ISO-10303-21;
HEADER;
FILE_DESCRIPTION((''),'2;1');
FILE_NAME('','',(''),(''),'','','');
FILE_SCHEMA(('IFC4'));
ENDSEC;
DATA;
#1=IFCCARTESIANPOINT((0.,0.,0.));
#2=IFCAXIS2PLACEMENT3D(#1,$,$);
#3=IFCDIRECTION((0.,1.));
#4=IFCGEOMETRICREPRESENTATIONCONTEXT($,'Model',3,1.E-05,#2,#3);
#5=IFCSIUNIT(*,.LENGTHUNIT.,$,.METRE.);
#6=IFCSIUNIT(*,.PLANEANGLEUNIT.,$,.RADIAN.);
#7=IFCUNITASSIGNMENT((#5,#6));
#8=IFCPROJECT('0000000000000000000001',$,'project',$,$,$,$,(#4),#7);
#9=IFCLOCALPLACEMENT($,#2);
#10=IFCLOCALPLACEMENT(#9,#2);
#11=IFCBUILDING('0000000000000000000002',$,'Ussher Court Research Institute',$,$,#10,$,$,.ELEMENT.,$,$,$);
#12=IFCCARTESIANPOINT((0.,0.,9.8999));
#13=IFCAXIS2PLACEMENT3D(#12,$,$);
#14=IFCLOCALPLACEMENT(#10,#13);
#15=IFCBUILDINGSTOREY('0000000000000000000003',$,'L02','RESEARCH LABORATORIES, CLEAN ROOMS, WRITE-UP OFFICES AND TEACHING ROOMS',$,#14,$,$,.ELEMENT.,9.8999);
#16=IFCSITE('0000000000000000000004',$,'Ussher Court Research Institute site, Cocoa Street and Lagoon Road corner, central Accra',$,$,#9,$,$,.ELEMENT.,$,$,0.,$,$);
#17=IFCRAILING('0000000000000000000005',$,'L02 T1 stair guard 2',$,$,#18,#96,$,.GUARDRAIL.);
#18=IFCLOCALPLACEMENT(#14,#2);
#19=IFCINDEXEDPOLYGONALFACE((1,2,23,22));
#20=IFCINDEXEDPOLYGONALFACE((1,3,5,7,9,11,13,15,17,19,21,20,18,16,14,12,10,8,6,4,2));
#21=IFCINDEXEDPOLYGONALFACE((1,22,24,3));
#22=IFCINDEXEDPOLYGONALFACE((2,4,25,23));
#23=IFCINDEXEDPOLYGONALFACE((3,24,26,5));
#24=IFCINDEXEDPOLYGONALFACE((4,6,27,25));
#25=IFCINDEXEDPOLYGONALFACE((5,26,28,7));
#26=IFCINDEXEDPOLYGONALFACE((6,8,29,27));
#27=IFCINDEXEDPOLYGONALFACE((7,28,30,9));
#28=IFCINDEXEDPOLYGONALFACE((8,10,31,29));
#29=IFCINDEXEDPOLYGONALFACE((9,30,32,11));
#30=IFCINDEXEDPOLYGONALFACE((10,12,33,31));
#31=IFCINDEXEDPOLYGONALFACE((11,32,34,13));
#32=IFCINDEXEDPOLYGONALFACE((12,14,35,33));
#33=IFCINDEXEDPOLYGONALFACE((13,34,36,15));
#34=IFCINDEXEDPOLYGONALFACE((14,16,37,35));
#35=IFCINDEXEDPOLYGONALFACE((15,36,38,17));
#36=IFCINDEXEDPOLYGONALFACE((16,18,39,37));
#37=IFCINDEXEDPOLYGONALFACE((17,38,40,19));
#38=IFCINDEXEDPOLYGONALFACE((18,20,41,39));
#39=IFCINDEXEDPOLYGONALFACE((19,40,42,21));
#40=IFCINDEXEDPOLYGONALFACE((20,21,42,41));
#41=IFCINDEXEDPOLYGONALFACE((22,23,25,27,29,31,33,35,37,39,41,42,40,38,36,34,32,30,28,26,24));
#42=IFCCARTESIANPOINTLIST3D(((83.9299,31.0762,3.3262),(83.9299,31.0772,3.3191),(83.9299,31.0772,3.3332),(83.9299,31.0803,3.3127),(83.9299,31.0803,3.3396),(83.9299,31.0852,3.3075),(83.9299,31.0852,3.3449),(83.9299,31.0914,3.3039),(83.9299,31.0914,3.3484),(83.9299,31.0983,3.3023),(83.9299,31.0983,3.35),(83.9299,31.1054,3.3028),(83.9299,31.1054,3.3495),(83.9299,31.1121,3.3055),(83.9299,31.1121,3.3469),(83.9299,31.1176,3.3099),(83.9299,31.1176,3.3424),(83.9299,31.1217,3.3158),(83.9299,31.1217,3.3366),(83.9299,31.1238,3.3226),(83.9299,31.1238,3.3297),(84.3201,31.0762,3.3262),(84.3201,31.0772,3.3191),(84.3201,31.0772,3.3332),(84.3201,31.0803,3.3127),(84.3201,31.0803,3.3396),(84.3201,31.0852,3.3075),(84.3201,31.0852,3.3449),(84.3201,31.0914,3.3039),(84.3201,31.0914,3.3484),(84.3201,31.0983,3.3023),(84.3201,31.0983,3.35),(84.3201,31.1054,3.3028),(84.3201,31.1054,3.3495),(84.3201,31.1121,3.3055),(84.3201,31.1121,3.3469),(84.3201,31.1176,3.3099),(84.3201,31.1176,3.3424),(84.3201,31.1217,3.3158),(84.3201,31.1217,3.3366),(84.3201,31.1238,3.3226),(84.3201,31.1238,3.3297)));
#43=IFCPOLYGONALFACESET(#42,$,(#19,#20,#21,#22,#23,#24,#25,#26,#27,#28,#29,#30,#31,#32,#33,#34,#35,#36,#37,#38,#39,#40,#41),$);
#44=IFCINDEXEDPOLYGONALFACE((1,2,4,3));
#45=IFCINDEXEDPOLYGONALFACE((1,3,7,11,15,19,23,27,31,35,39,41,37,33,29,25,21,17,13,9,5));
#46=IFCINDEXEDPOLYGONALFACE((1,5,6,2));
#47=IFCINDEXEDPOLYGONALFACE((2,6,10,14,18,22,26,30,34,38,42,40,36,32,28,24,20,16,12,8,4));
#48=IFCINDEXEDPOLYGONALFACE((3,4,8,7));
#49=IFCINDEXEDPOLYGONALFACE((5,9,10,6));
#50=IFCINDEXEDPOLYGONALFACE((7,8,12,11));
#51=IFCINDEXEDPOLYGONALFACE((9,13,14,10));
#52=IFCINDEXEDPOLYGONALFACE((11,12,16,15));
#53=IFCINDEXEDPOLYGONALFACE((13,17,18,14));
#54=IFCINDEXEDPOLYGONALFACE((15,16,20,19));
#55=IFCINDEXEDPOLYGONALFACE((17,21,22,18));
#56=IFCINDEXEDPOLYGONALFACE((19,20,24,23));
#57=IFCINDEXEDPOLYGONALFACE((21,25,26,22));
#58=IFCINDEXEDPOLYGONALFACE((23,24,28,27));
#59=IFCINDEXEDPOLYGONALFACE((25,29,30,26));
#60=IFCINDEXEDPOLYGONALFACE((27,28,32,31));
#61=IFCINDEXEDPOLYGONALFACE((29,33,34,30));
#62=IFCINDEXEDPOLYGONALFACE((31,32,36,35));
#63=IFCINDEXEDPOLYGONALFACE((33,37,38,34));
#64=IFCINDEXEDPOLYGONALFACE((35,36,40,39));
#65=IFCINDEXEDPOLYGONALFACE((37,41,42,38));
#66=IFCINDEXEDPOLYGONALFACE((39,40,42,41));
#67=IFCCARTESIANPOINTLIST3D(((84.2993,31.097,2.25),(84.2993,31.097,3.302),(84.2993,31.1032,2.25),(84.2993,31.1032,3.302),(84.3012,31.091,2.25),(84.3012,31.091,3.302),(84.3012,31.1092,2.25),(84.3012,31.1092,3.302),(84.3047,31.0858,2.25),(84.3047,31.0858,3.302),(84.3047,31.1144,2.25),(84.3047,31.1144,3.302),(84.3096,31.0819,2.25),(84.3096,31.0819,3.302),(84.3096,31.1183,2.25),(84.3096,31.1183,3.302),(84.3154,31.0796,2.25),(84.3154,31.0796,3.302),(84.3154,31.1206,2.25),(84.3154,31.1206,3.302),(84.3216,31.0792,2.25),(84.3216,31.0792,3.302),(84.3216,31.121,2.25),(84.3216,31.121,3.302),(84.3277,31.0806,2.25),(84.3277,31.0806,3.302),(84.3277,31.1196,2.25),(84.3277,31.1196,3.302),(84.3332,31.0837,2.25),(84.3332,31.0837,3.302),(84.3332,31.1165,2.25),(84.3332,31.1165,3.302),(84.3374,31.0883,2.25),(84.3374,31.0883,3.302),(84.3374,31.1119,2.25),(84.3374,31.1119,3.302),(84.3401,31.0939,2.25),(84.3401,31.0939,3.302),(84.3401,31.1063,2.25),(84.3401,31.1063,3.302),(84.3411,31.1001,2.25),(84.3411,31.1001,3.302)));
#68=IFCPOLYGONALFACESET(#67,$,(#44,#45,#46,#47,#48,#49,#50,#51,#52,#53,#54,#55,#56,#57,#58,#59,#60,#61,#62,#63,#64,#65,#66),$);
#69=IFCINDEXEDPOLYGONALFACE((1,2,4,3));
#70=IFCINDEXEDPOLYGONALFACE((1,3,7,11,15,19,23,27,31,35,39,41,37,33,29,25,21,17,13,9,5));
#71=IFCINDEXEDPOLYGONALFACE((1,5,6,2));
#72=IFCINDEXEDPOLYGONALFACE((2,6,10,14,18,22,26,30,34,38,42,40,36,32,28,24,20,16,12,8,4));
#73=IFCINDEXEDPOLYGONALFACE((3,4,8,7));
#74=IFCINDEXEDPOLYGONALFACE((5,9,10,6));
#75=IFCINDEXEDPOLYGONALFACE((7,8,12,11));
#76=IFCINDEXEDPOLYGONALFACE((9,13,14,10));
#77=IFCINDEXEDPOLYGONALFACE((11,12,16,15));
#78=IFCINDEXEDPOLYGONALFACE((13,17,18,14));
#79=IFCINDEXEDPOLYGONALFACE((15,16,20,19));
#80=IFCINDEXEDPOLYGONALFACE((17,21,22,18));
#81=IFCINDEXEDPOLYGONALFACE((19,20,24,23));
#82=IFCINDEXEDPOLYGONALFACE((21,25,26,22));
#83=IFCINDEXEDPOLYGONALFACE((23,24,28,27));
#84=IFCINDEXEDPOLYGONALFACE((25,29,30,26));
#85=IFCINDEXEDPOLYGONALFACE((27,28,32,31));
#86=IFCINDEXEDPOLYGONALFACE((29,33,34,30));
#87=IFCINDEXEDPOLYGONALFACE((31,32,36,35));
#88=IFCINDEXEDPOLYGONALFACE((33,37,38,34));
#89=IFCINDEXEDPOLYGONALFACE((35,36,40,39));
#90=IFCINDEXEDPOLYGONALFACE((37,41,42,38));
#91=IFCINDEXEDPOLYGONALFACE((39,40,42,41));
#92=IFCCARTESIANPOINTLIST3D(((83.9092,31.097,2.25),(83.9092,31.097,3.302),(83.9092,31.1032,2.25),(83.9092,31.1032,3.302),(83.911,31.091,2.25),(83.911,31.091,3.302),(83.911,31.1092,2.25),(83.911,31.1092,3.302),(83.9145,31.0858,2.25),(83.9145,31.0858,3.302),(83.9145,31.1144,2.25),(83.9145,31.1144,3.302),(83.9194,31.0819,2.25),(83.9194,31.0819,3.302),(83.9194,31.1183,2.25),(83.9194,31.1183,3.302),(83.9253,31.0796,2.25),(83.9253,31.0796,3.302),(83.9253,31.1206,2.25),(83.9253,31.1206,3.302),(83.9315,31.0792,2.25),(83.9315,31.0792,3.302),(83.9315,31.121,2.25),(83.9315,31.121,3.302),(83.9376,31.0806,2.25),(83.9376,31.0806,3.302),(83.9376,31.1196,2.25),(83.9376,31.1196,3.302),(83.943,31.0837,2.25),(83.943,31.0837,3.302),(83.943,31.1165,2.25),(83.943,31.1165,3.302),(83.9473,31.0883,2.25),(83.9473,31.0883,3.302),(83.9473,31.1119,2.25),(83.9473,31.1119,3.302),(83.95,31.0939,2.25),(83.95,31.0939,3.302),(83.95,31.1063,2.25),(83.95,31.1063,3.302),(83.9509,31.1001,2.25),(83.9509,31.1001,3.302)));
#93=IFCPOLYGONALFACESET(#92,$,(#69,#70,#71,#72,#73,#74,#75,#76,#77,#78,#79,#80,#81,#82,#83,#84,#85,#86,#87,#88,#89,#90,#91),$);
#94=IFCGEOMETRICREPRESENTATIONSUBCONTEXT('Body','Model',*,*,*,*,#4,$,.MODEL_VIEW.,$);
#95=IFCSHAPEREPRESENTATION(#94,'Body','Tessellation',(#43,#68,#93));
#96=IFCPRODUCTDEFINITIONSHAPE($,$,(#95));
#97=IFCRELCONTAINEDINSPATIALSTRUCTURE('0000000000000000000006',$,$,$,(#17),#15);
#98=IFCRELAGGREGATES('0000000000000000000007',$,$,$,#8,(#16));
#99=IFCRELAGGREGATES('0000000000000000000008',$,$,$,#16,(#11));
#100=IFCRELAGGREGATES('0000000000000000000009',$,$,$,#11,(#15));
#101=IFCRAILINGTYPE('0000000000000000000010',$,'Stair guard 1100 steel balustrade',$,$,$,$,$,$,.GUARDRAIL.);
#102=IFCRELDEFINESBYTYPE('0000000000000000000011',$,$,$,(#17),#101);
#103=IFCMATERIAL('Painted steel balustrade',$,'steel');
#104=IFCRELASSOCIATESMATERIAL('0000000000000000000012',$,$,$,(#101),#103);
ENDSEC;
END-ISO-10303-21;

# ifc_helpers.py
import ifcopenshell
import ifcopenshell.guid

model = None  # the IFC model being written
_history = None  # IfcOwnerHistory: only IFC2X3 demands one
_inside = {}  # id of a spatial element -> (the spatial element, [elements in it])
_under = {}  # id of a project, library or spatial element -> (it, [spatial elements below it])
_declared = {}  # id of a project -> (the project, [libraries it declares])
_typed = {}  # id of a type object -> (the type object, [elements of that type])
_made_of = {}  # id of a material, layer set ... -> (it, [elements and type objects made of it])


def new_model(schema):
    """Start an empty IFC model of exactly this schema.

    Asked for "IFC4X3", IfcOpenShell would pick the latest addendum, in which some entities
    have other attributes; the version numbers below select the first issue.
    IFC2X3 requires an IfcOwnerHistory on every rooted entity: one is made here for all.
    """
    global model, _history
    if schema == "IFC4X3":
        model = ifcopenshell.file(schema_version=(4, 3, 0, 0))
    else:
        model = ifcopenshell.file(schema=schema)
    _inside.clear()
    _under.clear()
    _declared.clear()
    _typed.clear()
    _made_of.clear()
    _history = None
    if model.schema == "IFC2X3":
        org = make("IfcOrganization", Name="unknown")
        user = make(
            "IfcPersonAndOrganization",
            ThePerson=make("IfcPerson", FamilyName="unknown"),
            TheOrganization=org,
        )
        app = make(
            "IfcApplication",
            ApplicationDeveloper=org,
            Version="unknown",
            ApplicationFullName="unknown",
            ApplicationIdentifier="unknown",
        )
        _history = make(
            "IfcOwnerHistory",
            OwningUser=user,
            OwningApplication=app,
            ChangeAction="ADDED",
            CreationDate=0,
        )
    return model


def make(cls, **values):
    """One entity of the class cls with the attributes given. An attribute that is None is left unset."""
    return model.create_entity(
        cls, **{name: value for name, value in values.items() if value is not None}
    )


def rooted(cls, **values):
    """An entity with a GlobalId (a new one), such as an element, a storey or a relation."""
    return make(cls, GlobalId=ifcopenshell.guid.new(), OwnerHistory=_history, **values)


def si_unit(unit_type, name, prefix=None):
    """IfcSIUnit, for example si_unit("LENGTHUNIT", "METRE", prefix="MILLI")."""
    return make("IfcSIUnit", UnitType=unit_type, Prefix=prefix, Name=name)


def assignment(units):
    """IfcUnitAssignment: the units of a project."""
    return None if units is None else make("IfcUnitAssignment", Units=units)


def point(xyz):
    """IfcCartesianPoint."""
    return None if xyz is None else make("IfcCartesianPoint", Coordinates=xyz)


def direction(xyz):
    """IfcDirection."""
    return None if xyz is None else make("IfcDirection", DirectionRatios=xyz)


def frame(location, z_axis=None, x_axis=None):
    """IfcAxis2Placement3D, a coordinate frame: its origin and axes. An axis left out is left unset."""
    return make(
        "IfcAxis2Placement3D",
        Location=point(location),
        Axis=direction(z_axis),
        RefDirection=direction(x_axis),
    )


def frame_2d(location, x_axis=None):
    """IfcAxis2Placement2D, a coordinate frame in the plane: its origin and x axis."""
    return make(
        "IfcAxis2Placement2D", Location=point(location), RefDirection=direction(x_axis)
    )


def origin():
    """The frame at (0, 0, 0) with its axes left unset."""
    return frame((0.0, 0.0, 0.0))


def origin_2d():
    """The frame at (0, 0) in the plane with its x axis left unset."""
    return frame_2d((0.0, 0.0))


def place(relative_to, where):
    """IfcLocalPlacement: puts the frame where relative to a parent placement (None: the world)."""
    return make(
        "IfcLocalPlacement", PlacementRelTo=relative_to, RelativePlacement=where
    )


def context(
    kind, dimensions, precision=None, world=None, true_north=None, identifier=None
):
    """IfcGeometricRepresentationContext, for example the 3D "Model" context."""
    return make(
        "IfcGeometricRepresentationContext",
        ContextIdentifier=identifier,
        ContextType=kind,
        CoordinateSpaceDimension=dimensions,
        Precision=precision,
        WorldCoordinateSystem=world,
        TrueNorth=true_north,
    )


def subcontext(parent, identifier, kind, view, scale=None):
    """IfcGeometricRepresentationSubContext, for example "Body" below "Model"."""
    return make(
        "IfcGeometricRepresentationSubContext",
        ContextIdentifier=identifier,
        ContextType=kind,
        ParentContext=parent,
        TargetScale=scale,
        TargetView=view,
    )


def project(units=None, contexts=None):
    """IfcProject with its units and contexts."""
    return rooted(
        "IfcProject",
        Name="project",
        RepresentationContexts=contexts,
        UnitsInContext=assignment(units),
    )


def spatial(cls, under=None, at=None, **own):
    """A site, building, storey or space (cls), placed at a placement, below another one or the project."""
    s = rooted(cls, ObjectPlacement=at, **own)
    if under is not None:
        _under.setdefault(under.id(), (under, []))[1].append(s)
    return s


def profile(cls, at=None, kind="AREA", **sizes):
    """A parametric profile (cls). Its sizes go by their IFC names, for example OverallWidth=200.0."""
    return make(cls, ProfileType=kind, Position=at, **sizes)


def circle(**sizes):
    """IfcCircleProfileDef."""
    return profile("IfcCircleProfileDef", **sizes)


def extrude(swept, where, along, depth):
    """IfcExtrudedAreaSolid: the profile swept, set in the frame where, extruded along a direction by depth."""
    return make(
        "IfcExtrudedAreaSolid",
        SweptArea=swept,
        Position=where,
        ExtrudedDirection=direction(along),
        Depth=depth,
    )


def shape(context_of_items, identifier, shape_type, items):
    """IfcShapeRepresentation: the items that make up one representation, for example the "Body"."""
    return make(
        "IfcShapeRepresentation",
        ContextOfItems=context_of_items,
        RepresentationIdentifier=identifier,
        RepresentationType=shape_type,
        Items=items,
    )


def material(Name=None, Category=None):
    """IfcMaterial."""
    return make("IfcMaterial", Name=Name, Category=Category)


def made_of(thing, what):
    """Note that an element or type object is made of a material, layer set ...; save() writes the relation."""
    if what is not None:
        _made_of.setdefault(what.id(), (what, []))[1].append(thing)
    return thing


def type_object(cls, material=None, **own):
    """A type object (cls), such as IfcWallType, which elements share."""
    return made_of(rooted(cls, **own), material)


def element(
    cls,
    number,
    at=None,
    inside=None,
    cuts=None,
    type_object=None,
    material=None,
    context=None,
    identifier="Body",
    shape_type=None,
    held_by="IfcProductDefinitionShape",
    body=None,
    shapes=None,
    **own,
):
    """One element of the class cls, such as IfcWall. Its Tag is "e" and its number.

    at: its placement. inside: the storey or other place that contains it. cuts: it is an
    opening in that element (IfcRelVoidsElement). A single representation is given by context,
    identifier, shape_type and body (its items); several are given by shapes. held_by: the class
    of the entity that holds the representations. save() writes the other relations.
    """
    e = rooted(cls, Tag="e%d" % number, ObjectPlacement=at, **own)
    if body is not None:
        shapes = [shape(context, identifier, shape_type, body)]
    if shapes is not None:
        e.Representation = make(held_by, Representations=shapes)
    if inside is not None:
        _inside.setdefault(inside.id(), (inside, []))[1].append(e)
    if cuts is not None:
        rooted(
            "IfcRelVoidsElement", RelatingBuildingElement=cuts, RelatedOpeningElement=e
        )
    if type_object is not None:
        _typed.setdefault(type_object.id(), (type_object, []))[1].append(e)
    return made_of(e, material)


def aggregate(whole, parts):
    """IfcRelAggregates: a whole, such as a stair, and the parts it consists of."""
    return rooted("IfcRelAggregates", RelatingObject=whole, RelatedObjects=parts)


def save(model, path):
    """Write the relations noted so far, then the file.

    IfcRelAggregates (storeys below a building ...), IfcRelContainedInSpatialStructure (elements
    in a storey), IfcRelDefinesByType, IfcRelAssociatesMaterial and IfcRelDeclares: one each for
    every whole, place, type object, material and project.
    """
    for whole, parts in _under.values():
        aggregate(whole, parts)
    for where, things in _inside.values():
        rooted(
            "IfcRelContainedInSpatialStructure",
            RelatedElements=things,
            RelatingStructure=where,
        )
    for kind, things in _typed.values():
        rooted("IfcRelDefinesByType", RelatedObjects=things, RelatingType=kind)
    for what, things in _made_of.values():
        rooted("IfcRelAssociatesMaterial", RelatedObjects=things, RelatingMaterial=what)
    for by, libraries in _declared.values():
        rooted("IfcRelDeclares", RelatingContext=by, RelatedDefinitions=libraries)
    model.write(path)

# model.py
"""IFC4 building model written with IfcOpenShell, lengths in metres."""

from ifc_helpers import new_model, si_unit, direction, frame, origin, origin_2d, place, context, subcontext, project, spatial, circle, extrude, material, type_object, element, save


model = new_model("IFC4")

# Units and contexts
model_context = context("Model", 3, precision=1e-05, world=origin(), true_north=direction((0.0, 1.0)))
body_context = subcontext(model_context, "Body", "Model", "MODEL_VIEW")
ifc_project = project(units=[si_unit("LENGTHUNIT", "METRE"), si_unit("PLANEANGLEUNIT", "RADIAN")], contexts=[model_context])

# Site, building, storey
site_placement = place(None, origin())
site = spatial("IfcSite", under=ifc_project, at=site_placement, Name="Ussher Court Research Institute site, Cocoa Street and Lagoon Road corner, central Accra", CompositionType="ELEMENT", RefElevation=0.0)
building_placement = place(site_placement, origin())
building = spatial("IfcBuilding", under=site, at=building_placement, Name="Ussher Court Research Institute", CompositionType="ELEMENT")
storey_placement = place(building_placement, frame((0.0, 0.0, 9.8999)))
storey = spatial("IfcBuildingStorey", under=building, at=storey_placement, Name="L02", Description="RESEARCH LABORATORIES, CLEAN ROOMS, WRITE-UP OFFICES AND TEACHING ROOMS", CompositionType="ELEMENT", Elevation=9.8999)

# Railing
ifc_material_1 = material(Name="Painted steel balustrade", Category="steel")
railing_type_1 = type_object("IfcRailingType", Name="Stair guard 1100 steel balustrade", PredefinedType="GUARDRAIL", material=ifc_material_1)
railing_1_placement = place(storey_placement, frame((84.3201, 31.1001, 2.25)))
element("IfcRailing", 1, at=railing_1_placement, inside=storey, type_object=railing_type_1, Name="L02 T1 stair guard 2", PredefinedType="GUARDRAIL", context=body_context, shape_type="SweptSolid", body=[
    extrude(circle(Radius=0.0239, at=origin_2d()), frame((0.0, 0.0, 1.0762), z_axis=(-1.0, 0.0, 0.0), x_axis=(0.0, -1.0, 0.0)), (0.0, 0.0, 1.0), 0.3901),
    extrude(circle(Radius=0.021, at=origin_2d()), origin(), (0.0, 0.0, 1.0), 1.052),
    extrude(circle(Radius=0.021, at=origin_2d()), frame((-0.3901, 0.0, 0.0)), (0.0, 0.0, 1.0), 1.052),
])

save(model, "model.ifc")
